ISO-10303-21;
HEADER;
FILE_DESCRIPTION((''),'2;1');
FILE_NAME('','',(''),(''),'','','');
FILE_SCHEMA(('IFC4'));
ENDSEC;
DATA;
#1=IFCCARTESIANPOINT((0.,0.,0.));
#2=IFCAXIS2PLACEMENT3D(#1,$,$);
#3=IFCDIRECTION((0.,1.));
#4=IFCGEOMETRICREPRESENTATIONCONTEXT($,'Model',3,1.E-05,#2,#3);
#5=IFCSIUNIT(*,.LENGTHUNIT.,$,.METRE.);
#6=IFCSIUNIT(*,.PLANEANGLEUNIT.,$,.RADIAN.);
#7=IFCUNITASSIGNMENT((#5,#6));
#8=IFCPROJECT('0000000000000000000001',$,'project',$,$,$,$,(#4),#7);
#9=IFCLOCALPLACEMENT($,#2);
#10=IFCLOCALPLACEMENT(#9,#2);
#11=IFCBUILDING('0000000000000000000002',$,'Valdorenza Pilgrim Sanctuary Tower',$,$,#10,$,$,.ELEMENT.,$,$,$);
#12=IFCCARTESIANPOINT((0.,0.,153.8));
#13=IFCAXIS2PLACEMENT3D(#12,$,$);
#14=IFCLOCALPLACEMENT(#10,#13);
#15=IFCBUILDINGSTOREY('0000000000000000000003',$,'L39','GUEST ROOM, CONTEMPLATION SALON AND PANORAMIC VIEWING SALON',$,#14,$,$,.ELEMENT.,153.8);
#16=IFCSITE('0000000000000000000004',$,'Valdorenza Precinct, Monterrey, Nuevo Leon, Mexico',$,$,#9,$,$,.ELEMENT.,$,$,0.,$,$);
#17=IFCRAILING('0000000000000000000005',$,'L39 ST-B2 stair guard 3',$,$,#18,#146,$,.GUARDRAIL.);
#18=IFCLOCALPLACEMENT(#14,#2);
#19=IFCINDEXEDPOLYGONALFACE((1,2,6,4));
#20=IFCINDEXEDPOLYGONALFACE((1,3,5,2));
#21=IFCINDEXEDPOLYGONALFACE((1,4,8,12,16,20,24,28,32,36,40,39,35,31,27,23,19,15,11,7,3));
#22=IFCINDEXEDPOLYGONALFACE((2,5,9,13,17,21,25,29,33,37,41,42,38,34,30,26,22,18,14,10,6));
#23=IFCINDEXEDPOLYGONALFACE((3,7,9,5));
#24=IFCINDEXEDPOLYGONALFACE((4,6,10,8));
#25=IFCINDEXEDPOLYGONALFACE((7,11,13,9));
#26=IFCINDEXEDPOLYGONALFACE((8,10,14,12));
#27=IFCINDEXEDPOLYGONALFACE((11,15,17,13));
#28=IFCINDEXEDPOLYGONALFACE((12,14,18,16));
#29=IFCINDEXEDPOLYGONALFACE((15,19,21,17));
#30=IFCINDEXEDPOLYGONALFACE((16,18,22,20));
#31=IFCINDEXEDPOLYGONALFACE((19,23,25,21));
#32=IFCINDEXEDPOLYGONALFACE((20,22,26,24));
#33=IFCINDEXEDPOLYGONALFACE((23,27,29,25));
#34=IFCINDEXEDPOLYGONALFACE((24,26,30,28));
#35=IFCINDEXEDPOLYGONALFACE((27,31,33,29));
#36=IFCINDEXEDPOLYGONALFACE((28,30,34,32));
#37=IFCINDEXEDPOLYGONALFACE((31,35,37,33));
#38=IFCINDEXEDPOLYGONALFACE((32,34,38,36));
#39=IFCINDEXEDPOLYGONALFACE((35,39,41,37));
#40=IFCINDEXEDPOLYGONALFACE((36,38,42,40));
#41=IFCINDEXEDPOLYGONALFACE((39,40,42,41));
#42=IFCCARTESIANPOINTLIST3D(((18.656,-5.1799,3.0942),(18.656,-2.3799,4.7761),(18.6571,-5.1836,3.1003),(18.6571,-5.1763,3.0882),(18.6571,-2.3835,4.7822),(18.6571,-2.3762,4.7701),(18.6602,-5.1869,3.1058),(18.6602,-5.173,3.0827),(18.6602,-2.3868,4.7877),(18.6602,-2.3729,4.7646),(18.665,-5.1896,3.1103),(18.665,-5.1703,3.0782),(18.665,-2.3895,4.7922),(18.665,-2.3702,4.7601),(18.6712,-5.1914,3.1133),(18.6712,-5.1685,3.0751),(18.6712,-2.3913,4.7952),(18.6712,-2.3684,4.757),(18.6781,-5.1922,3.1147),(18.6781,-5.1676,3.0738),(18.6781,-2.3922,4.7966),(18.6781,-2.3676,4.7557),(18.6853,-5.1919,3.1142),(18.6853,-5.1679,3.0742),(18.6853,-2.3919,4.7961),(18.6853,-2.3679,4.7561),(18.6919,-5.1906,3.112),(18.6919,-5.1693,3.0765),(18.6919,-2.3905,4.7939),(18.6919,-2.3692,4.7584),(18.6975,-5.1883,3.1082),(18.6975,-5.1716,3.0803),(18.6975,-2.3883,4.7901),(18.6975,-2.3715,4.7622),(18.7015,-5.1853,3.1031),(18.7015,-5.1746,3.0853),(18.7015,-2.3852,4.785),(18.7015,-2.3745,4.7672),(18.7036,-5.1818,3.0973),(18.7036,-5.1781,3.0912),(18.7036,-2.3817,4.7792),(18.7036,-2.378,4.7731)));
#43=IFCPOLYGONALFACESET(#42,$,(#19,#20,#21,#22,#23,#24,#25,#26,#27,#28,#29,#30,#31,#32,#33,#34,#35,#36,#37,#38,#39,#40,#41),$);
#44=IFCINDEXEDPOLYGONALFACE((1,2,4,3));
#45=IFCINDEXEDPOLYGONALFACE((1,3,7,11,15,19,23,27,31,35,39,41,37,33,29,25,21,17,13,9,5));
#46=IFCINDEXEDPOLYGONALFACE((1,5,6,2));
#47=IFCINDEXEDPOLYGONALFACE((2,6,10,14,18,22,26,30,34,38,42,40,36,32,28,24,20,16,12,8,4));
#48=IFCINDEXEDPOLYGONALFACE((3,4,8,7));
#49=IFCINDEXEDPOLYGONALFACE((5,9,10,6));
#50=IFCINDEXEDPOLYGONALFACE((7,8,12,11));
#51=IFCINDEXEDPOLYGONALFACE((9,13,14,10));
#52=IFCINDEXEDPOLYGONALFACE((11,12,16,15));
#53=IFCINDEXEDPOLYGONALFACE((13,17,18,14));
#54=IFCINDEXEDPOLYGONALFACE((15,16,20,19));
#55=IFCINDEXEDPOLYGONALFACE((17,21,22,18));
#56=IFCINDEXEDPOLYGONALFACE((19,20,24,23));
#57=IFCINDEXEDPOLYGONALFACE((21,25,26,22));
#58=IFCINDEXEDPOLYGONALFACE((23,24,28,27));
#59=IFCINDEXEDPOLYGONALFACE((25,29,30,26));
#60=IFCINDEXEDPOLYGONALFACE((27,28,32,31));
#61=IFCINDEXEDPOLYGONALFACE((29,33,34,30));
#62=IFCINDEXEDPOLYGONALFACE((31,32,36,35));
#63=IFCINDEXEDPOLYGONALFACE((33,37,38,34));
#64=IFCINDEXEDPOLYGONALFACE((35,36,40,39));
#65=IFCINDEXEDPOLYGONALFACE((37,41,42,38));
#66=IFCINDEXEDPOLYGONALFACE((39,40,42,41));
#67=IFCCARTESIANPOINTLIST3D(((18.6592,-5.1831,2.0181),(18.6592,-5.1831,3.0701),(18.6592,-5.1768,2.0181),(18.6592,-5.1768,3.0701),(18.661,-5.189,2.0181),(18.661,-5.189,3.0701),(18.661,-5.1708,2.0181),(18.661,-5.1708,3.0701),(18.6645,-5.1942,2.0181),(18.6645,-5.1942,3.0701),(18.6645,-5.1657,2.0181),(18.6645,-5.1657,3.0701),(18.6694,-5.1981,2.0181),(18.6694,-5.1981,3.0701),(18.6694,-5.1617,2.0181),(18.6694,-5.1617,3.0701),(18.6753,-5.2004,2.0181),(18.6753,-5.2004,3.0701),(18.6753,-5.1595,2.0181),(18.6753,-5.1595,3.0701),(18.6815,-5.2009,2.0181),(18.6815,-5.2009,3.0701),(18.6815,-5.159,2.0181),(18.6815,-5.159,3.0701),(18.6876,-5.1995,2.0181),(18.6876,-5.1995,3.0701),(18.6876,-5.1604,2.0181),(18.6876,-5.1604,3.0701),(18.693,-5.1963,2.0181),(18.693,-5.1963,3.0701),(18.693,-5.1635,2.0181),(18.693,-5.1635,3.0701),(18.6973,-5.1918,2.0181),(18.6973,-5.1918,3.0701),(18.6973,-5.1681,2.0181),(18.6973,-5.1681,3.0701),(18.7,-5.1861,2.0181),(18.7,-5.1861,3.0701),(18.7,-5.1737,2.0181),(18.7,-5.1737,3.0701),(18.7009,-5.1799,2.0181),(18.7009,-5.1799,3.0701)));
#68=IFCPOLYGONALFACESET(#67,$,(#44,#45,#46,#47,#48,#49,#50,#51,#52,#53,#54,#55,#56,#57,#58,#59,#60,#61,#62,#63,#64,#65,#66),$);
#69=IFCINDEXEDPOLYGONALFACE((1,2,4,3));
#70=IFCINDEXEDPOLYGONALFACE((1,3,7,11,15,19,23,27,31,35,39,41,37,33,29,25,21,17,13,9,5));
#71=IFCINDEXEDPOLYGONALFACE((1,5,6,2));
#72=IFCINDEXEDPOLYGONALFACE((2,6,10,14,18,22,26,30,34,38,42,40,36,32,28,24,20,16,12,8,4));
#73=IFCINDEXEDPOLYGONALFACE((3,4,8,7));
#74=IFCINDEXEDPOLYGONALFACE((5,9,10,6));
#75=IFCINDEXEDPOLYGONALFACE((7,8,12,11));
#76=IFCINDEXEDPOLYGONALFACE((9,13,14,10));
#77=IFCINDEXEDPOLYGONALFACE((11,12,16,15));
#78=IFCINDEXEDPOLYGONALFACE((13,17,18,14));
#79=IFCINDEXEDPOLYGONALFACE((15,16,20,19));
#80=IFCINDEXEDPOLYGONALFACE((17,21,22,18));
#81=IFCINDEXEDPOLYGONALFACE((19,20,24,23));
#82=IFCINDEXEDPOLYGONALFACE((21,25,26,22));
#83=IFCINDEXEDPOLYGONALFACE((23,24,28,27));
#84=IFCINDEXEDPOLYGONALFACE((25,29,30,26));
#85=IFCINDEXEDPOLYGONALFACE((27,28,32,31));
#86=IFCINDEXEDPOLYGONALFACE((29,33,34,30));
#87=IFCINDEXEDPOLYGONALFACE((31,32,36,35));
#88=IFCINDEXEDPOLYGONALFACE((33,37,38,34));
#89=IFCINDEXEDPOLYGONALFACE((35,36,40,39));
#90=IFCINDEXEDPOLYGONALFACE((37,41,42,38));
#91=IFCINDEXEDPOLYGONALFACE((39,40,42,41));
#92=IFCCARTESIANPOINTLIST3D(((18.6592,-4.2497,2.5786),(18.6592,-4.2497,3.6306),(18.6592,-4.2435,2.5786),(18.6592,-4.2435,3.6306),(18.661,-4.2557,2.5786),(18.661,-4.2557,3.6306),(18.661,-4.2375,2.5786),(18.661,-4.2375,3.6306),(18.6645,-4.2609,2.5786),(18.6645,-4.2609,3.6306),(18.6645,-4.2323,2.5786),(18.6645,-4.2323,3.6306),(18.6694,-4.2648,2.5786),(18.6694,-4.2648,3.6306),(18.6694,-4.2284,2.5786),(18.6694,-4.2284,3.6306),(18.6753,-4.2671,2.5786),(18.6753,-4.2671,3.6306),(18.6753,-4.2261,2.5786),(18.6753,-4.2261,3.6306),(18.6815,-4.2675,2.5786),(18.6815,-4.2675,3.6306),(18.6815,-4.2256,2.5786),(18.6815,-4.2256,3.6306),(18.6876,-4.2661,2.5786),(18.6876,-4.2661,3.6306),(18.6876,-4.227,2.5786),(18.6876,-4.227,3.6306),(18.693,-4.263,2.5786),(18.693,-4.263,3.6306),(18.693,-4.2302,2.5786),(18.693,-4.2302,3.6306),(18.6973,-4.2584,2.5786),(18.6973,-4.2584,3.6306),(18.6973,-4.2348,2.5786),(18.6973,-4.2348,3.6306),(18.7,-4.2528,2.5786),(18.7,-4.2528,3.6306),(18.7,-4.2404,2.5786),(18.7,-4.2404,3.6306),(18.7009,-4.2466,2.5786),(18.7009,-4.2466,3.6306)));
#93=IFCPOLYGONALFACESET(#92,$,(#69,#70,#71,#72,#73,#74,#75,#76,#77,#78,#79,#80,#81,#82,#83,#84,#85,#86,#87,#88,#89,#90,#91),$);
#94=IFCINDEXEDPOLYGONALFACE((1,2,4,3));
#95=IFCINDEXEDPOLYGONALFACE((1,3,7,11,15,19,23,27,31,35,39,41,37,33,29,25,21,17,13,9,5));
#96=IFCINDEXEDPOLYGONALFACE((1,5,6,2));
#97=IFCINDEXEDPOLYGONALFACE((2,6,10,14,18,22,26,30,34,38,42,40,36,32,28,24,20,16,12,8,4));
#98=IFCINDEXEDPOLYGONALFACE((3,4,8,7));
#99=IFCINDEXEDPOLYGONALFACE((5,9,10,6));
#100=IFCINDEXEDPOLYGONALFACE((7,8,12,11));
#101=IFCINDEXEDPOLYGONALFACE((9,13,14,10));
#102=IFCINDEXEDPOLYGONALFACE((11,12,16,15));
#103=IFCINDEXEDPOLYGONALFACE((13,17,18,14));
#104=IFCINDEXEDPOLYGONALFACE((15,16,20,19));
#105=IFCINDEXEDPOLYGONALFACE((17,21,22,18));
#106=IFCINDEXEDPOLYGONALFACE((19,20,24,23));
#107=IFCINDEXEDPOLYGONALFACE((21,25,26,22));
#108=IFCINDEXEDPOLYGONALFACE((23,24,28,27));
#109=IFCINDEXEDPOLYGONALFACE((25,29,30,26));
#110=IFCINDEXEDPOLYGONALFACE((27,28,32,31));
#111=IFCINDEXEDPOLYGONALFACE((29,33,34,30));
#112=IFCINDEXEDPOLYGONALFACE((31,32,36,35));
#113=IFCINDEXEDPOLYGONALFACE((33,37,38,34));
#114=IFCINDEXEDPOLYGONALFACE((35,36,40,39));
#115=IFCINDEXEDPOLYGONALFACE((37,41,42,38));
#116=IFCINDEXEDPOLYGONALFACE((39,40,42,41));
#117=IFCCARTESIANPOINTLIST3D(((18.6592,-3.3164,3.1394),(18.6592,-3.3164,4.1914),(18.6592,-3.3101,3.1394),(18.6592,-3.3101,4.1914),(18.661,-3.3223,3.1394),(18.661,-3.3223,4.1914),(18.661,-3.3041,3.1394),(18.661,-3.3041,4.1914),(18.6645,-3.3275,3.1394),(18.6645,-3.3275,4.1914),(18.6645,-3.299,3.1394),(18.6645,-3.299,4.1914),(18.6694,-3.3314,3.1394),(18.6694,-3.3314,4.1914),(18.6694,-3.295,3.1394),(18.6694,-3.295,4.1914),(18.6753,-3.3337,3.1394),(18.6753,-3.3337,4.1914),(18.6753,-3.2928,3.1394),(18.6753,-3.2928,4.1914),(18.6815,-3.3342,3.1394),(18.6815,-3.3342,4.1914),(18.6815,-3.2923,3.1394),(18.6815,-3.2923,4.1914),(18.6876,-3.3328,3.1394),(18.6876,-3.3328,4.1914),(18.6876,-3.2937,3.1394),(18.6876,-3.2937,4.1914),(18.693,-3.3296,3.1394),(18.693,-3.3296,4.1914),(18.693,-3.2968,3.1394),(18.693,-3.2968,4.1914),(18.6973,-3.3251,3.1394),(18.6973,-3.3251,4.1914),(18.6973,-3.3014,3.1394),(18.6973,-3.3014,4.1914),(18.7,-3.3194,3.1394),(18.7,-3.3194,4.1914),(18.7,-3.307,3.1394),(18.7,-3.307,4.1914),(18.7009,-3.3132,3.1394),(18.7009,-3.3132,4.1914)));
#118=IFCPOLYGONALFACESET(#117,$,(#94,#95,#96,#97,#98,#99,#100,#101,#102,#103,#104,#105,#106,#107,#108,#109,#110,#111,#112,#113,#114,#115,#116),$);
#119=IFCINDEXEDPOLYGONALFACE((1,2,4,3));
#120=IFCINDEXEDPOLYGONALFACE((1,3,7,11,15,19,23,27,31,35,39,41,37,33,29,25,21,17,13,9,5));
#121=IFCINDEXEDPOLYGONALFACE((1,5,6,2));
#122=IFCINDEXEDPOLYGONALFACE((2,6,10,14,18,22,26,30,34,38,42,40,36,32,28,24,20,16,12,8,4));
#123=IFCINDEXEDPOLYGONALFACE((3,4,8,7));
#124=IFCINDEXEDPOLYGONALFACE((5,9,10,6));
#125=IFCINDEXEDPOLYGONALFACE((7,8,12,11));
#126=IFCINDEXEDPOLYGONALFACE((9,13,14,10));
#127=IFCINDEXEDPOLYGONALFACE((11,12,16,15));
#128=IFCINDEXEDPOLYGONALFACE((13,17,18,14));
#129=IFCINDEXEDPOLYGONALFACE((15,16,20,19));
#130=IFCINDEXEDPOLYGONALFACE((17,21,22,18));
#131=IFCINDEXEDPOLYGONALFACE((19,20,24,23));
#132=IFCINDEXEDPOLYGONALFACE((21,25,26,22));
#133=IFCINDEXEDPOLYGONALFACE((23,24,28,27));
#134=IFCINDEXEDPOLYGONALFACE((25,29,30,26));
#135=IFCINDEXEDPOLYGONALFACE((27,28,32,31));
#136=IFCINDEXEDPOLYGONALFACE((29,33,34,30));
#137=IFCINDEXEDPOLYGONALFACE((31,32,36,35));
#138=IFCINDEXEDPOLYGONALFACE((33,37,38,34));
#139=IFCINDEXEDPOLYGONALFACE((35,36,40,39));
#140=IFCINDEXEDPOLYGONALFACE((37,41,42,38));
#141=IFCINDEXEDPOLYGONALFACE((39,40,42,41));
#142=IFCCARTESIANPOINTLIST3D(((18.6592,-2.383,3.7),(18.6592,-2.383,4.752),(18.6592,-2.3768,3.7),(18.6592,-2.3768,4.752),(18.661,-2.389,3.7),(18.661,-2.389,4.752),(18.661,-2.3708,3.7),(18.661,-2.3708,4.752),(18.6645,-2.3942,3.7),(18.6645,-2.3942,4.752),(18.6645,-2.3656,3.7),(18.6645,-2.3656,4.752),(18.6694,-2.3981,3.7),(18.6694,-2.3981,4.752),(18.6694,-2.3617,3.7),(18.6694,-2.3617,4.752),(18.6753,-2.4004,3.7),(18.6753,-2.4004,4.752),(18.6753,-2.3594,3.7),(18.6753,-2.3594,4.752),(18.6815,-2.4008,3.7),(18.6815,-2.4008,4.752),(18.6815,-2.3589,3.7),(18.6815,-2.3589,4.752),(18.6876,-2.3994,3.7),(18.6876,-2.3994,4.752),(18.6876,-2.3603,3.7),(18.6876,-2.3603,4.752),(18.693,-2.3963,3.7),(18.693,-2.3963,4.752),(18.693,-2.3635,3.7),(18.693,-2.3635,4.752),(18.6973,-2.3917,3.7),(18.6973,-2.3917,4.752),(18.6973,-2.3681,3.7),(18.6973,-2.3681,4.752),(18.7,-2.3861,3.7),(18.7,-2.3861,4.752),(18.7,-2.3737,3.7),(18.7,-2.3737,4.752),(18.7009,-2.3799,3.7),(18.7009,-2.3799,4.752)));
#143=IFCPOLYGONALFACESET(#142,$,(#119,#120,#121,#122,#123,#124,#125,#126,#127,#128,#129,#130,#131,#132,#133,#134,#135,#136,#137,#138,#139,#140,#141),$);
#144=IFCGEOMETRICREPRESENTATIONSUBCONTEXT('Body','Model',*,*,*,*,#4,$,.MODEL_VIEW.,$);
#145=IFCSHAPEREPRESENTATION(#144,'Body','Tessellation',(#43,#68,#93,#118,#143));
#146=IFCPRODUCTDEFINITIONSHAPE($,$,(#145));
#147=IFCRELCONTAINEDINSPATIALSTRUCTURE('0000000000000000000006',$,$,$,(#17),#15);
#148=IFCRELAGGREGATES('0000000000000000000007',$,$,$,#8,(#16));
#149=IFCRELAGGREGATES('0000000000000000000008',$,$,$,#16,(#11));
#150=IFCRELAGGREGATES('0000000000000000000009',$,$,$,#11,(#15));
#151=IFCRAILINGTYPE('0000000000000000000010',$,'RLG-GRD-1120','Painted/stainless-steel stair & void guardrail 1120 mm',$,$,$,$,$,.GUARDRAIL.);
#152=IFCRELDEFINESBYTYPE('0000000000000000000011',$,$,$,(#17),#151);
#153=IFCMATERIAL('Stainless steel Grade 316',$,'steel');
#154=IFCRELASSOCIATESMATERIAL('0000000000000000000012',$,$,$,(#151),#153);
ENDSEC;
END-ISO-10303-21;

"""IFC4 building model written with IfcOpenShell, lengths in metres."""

from ifc_helpers import new_model, si_unit, direction, frame, origin, origin_2d, place, context, subcontext, project, spatial, circle, extrude, material, type_object, element, save


model = new_model("IFC4")

# Units and contexts
model_context = context("Model", 3, precision=1e-05, world=origin(), true_north=direction((0.0, 1.0)))
body_context = subcontext(model_context, "Body", "Model", "MODEL_VIEW")
ifc_project = project(units=[si_unit("LENGTHUNIT", "METRE"), si_unit("PLANEANGLEUNIT", "RADIAN")], contexts=[model_context])

# Site, building, storey
site_placement = place(None, origin())
site = spatial("IfcSite", under=ifc_project, at=site_placement, Name="Valdorenza Precinct, Monterrey, Nuevo Leon, Mexico", CompositionType="ELEMENT", RefElevation=0.0)
building_placement = place(site_placement, origin())
building = spatial("IfcBuilding", under=site, at=building_placement, Name="Valdorenza Pilgrim Sanctuary Tower", CompositionType="ELEMENT")
storey_placement = place(building_placement, frame((0.0, 0.0, 153.8)))
storey = spatial("IfcBuildingStorey", under=building, at=storey_placement, Name="L39", Description="GUEST ROOM, CONTEMPLATION SALON AND PANORAMIC VIEWING SALON", CompositionType="ELEMENT", Elevation=153.8)

# Railing
ifc_material_1 = material(Name="Stainless steel Grade 316", Category="steel")
railing_type_1 = type_object("IfcRailingType", Name="RLG-GRD-1120", Description="Painted/stainless-steel stair & void guardrail 1120 mm", PredefinedType="GUARDRAIL", material=ifc_material_1)
railing_1_placement = place(storey_placement, frame((18.6799, -5.1799, 2.0181)))
element("IfcRailing", 1, at=railing_1_placement, inside=storey, type_object=railing_type_1, Name="L39 ST-B2 stair guard 3", PredefinedType="GUARDRAIL", context=body_context, shape_type="SweptSolid", body=[
    extrude(circle(Radius=0.0239, at=origin_2d()), frame((0.0, 0.0, 1.0762), z_axis=(0.0, 0.857242, 0.514913), x_axis=(-1.0, 0.0, 0.0)), (0.0, 0.0, 1.0), 3.2664),
    extrude(circle(Radius=0.021, at=origin_2d()), origin(), (0.0, 0.0, 1.0), 1.052),
    extrude(circle(Radius=0.021, at=origin_2d()), frame((0.0, 0.9333, 0.5605)), (0.0, 0.0, 1.0), 1.052),
    extrude(circle(Radius=0.021, at=origin_2d()), frame((0.0, 1.8667, 1.1213)), (0.0, 0.0, 1.0), 1.052),
    extrude(circle(Radius=0.021, at=origin_2d()), frame((0.0, 2.8, 1.6819)), (0.0, 0.0, 1.0), 1.052),
])

save(model, "model.ifc")
